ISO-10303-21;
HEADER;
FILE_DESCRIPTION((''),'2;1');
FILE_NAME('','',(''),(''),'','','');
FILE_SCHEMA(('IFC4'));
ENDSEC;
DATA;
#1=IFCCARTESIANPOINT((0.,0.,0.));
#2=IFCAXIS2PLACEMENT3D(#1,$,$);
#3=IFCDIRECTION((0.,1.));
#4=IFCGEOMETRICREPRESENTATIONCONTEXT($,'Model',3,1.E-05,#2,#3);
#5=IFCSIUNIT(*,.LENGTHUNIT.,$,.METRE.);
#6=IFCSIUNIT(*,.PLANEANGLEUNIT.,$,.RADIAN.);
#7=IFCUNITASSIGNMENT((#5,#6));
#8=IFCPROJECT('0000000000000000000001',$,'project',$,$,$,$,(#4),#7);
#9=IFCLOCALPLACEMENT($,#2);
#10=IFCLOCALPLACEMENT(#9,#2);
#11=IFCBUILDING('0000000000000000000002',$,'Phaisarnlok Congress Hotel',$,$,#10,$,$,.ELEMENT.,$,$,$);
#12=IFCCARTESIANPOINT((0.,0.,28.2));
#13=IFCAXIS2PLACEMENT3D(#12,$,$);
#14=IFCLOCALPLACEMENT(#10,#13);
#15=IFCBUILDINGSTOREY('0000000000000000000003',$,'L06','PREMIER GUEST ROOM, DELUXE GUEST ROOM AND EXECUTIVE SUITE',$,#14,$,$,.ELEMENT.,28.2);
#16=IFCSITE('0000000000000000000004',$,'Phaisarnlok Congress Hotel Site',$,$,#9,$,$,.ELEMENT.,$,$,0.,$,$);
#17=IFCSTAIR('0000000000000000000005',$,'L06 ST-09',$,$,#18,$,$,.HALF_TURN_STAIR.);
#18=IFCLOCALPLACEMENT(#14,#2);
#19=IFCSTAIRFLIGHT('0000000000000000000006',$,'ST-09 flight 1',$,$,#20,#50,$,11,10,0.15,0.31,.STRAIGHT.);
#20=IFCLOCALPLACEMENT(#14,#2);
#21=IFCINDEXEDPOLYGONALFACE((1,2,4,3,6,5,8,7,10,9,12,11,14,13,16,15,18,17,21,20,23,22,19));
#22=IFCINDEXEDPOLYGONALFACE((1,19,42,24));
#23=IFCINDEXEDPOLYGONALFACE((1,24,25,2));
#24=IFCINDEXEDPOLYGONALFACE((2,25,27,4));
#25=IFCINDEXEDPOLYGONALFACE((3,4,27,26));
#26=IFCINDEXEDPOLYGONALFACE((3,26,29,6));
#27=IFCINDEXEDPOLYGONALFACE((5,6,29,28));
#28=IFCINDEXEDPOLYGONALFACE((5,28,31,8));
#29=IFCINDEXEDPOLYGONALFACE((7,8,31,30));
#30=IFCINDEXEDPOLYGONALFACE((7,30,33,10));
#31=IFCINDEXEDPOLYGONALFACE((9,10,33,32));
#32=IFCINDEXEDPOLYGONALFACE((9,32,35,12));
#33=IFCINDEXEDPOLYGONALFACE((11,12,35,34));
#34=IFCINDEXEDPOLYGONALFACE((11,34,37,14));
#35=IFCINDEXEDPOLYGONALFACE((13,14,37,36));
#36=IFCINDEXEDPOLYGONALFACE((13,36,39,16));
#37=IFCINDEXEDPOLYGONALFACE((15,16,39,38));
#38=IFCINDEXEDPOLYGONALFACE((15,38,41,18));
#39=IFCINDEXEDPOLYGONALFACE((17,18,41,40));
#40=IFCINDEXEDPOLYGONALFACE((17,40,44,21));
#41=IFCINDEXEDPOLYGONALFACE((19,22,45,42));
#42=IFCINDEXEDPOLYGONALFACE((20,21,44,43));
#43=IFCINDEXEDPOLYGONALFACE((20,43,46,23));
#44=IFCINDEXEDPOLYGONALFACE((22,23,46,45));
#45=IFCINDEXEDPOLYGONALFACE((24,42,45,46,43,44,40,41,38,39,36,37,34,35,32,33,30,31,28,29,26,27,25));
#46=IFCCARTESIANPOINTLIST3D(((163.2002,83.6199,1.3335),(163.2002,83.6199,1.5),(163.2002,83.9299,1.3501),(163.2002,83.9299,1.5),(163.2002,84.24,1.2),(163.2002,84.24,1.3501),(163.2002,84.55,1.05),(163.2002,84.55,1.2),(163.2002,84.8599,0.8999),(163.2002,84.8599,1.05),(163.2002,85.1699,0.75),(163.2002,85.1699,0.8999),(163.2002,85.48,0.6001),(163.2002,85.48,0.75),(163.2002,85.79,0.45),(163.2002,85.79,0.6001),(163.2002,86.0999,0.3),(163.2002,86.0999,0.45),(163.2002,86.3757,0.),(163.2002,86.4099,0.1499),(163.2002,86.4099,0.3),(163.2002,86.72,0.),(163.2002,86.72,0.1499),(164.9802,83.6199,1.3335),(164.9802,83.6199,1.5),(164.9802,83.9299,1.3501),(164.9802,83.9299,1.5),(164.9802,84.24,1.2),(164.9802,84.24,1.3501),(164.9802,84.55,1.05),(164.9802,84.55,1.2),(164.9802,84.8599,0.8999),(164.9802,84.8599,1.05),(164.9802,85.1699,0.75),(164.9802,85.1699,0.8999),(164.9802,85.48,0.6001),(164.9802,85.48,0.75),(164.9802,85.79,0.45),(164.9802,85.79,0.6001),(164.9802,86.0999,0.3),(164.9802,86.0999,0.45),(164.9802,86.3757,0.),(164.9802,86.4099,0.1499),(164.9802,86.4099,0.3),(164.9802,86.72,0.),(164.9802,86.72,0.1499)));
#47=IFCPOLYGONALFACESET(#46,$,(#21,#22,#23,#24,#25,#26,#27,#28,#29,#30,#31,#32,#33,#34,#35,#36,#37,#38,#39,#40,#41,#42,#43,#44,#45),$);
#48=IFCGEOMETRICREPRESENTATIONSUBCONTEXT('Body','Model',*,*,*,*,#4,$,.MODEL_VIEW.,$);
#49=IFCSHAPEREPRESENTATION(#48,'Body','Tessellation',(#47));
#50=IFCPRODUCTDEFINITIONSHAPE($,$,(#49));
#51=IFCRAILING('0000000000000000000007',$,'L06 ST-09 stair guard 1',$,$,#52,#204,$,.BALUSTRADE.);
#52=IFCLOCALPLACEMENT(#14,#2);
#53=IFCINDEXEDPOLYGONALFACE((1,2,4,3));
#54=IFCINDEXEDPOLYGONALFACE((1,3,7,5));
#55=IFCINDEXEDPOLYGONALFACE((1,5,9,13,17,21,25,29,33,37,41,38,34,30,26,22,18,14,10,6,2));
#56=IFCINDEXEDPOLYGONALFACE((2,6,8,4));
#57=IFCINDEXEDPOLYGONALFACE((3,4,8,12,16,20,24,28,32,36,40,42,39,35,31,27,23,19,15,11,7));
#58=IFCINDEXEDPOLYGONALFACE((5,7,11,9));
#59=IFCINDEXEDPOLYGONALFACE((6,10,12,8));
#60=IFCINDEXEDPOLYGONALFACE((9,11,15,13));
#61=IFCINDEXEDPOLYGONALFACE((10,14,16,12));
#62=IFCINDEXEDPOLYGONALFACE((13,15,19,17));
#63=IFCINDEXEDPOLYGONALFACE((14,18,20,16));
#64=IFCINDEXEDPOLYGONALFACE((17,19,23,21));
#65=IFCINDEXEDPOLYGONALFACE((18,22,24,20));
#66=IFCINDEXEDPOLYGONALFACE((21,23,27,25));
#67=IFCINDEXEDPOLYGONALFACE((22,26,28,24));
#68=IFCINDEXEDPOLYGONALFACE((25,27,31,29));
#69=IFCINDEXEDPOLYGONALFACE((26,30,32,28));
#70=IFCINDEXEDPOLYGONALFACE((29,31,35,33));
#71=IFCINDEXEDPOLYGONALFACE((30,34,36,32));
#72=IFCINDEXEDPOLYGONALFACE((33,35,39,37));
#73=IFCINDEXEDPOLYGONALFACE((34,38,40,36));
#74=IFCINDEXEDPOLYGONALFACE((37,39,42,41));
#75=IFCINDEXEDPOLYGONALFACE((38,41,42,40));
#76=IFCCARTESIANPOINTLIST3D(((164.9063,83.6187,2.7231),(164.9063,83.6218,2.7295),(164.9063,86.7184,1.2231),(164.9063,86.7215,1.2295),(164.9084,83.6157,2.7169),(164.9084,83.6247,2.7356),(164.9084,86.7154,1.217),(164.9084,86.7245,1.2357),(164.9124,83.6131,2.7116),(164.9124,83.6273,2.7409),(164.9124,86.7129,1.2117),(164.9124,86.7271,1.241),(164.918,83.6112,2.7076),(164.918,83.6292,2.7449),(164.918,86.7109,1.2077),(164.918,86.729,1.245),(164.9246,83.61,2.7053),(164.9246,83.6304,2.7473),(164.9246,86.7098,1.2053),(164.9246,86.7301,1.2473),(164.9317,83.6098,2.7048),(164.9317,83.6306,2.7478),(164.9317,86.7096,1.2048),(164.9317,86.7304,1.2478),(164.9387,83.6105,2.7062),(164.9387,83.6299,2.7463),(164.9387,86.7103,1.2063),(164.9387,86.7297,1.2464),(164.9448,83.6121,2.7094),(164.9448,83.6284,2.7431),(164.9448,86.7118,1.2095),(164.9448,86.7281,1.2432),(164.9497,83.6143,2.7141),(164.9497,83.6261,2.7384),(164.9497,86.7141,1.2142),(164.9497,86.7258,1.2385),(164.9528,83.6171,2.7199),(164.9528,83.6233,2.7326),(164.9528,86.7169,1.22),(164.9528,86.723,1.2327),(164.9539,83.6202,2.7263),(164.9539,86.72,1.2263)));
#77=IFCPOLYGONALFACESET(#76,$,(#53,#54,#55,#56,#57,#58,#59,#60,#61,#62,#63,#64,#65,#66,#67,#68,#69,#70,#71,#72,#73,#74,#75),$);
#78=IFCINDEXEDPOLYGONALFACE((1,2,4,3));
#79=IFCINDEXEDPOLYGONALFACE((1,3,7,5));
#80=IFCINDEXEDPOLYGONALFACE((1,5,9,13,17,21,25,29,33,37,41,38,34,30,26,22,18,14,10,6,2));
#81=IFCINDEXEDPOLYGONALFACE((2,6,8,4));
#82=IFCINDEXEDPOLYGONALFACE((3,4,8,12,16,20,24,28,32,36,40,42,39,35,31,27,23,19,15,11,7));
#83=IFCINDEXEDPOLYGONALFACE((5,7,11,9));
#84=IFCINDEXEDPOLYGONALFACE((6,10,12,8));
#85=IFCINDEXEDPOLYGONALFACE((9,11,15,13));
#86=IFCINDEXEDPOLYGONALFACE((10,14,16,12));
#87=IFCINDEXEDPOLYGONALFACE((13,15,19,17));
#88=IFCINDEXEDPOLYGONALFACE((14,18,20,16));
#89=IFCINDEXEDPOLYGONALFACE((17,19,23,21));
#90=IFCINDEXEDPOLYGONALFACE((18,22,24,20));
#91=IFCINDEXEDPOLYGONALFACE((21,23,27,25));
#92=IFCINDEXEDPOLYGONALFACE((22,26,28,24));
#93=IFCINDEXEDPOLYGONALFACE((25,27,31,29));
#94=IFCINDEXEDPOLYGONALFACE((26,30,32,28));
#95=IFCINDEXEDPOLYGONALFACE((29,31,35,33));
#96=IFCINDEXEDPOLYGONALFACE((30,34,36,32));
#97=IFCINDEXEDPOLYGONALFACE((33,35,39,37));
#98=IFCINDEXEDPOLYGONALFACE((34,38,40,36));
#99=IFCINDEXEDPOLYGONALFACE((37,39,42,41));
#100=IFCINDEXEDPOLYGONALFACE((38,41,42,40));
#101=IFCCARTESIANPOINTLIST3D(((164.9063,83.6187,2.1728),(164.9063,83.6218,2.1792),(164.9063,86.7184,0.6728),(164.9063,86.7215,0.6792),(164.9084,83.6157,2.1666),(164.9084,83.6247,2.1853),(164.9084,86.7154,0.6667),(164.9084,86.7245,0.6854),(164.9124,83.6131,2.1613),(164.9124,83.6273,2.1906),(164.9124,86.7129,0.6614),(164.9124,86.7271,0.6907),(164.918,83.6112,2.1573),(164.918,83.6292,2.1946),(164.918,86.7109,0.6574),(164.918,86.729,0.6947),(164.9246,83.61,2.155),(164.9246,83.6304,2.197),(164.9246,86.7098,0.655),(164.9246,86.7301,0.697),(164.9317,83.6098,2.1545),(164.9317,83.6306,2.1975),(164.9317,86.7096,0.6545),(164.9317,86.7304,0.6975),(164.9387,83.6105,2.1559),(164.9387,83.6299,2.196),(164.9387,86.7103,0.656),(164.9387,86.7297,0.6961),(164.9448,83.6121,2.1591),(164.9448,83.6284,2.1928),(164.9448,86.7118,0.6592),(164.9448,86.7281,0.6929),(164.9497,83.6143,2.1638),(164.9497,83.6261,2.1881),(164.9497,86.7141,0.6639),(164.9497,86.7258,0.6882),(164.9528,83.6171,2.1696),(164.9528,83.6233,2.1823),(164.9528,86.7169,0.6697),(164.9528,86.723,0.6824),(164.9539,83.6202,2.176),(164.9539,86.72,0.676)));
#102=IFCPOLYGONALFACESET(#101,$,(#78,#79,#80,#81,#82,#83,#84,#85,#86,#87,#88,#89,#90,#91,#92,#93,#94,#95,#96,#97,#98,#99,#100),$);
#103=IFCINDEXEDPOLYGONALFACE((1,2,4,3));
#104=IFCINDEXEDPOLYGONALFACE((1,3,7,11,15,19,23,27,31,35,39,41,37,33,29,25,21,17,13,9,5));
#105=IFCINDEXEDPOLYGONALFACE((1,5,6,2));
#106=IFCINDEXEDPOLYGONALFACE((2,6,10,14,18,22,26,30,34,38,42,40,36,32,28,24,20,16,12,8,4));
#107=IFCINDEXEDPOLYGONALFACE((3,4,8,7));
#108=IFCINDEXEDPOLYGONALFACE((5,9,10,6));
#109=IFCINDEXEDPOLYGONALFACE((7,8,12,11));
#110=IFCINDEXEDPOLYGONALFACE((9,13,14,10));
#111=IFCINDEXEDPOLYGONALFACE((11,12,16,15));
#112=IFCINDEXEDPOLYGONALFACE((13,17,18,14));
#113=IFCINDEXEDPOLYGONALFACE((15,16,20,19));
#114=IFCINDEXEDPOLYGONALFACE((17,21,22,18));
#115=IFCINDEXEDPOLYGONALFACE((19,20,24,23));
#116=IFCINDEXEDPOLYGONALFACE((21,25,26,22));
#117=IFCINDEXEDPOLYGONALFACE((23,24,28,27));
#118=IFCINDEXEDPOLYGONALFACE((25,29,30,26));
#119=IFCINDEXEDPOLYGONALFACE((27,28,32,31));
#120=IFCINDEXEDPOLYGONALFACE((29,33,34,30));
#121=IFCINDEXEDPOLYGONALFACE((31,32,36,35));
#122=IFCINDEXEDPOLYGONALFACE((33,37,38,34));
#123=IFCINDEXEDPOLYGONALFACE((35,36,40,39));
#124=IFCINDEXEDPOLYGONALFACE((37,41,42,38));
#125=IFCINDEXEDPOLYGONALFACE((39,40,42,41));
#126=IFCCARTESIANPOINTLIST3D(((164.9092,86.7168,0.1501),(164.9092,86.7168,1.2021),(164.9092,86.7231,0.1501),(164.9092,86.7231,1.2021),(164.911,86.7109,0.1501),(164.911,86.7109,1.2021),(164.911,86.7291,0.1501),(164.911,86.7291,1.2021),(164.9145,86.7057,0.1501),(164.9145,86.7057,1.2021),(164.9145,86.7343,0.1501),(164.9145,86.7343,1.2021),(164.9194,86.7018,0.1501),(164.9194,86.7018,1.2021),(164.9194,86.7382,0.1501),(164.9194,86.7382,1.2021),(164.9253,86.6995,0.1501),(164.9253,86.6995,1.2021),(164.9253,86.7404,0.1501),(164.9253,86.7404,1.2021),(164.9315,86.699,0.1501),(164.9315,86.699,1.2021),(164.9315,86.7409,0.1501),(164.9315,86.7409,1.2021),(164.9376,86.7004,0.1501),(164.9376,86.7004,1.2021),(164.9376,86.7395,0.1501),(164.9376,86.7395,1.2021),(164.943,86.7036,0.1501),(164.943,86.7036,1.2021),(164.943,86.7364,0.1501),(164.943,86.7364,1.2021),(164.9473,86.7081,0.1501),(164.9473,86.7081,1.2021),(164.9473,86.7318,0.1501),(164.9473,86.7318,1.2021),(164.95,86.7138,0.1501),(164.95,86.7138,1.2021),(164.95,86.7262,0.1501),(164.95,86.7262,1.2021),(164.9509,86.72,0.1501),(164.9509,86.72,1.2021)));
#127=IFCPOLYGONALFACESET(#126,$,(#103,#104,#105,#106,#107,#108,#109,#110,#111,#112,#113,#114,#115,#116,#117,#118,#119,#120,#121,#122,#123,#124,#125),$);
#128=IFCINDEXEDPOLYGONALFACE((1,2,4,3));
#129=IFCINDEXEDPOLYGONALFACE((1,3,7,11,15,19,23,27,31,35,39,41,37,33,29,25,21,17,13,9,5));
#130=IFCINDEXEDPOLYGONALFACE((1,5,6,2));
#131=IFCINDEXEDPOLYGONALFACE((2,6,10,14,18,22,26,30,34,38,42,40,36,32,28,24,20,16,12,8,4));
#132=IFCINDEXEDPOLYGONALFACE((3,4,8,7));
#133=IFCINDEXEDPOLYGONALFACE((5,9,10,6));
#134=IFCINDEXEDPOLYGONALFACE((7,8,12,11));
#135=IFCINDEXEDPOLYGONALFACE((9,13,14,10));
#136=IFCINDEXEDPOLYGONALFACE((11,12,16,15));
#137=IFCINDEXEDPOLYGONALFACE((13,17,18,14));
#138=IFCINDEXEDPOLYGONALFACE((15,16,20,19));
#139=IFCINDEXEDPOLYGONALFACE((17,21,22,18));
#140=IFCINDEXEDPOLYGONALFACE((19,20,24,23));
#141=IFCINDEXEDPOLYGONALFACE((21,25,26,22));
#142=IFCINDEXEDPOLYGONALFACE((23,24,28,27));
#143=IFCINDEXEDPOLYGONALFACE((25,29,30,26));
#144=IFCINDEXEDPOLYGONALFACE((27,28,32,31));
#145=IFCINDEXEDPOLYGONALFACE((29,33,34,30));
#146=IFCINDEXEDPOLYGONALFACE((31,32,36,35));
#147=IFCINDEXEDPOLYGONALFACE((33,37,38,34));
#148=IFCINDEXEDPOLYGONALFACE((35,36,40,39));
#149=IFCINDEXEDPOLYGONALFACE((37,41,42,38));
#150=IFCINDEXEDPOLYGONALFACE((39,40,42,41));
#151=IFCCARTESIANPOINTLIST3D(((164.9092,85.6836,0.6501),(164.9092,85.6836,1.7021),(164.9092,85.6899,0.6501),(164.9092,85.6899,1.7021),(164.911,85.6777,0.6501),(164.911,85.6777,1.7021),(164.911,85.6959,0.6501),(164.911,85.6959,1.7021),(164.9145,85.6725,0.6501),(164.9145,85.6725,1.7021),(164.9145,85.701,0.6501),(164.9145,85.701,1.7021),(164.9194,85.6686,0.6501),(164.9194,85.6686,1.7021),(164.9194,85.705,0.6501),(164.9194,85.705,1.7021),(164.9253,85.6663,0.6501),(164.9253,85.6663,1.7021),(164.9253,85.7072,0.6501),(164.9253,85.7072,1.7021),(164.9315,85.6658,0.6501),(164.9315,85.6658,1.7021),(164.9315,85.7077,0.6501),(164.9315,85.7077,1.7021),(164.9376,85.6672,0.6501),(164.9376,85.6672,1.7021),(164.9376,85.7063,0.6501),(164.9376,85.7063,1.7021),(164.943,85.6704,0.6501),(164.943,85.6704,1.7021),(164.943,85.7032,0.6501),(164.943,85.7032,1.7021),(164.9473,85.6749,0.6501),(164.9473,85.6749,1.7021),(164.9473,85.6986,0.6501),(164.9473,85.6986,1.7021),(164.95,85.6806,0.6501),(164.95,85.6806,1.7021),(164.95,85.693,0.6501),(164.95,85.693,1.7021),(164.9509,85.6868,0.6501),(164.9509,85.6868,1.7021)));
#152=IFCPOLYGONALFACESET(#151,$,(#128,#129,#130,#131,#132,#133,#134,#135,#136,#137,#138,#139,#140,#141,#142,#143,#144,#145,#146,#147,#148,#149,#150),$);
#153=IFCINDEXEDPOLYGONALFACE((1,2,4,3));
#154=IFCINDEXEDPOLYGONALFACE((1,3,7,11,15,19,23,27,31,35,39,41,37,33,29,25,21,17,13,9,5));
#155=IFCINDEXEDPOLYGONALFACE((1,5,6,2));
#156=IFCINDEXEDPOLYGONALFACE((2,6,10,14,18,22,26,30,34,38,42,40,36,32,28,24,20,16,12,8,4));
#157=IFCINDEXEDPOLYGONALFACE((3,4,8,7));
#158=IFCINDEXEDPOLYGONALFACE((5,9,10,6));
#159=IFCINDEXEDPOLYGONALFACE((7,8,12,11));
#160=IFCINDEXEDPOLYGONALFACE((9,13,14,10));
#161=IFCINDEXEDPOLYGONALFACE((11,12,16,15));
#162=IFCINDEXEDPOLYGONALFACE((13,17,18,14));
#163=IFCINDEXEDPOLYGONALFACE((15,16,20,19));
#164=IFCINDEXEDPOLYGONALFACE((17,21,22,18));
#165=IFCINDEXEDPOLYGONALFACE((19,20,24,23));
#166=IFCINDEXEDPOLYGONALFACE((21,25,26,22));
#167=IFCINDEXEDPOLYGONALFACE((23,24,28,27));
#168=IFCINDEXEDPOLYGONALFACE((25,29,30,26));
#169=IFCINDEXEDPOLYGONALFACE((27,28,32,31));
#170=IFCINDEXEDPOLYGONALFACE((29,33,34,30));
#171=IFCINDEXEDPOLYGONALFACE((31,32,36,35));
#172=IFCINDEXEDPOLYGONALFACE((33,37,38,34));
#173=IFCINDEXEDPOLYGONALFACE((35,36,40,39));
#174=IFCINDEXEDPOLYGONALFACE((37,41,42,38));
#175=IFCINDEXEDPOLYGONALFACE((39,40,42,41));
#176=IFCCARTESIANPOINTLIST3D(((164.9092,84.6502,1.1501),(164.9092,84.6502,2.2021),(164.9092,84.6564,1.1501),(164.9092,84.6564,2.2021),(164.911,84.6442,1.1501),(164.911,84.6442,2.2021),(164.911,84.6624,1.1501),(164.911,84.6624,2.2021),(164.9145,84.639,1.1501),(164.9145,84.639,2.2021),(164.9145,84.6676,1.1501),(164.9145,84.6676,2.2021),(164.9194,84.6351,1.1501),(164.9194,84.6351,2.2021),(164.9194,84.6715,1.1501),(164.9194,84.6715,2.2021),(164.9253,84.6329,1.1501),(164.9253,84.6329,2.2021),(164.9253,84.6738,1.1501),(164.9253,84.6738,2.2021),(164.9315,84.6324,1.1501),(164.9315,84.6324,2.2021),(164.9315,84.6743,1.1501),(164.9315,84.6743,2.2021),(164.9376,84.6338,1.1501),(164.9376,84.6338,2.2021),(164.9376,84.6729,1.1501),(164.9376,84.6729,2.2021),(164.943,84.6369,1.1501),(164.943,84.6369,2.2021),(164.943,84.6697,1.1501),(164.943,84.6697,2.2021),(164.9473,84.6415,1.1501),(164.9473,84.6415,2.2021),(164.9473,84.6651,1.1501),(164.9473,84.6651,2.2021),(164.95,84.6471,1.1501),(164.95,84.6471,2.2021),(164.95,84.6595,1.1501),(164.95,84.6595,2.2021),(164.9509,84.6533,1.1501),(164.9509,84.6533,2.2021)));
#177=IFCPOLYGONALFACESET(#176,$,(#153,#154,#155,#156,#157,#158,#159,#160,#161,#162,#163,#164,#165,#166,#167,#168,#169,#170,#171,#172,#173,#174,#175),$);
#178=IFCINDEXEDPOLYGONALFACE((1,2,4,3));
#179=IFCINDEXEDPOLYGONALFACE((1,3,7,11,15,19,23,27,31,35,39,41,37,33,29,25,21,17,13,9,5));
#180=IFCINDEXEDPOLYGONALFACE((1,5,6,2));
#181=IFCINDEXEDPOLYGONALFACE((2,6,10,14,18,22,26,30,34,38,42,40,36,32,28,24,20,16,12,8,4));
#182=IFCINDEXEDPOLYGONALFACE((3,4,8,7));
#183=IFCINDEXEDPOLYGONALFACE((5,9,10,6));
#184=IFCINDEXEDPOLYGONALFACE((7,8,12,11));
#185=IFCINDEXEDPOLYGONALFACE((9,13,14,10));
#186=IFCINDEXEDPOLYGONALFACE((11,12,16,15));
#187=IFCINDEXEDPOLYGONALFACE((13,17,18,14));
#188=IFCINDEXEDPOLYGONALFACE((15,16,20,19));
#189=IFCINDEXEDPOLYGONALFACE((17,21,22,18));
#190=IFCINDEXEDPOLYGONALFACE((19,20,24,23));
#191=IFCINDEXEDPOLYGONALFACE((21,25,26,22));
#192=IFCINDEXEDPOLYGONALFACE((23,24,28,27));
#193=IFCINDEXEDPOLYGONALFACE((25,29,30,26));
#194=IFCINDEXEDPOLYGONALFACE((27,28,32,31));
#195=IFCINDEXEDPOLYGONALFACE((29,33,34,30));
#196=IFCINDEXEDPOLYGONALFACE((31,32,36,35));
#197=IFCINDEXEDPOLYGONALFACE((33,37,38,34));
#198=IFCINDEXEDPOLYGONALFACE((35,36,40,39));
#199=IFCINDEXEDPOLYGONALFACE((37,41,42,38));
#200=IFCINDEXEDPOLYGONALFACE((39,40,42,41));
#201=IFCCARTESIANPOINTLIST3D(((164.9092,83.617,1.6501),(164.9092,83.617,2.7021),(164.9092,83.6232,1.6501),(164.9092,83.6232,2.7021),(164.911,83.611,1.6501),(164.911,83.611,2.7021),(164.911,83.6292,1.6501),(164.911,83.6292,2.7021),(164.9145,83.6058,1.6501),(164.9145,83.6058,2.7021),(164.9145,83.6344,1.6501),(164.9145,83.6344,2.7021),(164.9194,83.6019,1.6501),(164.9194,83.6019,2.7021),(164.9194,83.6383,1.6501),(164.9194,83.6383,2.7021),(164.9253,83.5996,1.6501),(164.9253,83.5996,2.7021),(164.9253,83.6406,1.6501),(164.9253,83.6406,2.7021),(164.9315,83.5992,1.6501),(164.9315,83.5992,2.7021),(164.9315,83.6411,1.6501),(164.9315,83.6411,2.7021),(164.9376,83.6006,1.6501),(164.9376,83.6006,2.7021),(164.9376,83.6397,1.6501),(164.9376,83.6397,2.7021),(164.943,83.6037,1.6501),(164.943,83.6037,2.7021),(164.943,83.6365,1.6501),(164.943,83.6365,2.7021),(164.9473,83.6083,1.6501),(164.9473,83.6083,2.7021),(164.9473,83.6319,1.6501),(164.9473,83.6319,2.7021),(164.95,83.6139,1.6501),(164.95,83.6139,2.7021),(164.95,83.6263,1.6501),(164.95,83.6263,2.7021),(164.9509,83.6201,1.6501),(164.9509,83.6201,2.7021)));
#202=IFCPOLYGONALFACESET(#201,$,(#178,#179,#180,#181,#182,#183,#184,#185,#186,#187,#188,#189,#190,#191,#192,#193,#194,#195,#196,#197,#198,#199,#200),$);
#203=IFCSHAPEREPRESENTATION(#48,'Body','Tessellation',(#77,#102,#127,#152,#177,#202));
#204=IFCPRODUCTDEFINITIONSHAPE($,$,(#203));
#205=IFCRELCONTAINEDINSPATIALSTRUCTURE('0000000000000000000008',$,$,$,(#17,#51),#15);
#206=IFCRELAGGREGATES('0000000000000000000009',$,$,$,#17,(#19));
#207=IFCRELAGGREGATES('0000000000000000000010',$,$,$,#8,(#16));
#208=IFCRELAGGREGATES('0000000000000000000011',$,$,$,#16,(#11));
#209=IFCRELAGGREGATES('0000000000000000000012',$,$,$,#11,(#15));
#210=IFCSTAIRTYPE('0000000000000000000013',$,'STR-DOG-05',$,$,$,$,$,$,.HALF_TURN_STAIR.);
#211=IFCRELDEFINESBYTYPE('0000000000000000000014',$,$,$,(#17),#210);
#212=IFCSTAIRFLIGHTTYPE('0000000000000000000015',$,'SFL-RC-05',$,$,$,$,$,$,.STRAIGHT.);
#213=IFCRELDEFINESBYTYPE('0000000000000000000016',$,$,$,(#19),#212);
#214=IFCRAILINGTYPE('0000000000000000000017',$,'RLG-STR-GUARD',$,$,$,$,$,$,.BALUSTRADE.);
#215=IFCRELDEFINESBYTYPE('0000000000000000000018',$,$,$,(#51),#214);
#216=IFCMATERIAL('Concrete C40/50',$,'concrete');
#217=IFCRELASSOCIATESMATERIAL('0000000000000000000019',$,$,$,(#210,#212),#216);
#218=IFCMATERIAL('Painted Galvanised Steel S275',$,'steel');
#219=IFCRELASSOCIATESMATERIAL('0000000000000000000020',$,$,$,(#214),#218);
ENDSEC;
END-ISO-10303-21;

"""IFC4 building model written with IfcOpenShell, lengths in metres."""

from ifc_helpers import new_model, si_unit, direction, frame, origin, origin_2d, place, context, subcontext, project, spatial, polyline, circle, outline, extrude, material, type_object, element, aggregate, save


model = new_model("IFC4")

# Units and contexts
model_context = context("Model", 3, precision=1e-05, world=origin(), true_north=direction((0.0, 1.0)))
body_context = subcontext(model_context, "Body", "Model", "MODEL_VIEW")
ifc_project = project(units=[si_unit("LENGTHUNIT", "METRE"), si_unit("PLANEANGLEUNIT", "RADIAN")], contexts=[model_context])

# Site, building, storey
site_placement = place(None, origin())
site = spatial("IfcSite", under=ifc_project, at=site_placement, Name="Phaisarnlok Congress Hotel Site", CompositionType="ELEMENT", RefElevation=0.0)
building_placement = place(site_placement, origin())
building = spatial("IfcBuilding", under=site, at=building_placement, Name="Phaisarnlok Congress Hotel", CompositionType="ELEMENT")
storey_placement = place(building_placement, frame((0.0, 0.0, 28.2)))
storey = spatial("IfcBuildingStorey", under=building, at=storey_placement, Name="L06", Description="PREMIER GUEST ROOM, DELUXE GUEST ROOM AND EXECUTIVE SUITE", CompositionType="ELEMENT", Elevation=28.2)

# Shared definitions
ifc_material_1 = material(Name="Concrete C40/50", Category="concrete")

# Stair, stair flight
stair_type = type_object("IfcStairType", Name="STR-DOG-05", PredefinedType="HALF_TURN_STAIR", material=ifc_material_1)
stair_placement = place(storey_placement, origin())
stair = element("IfcStair", 1, at=stair_placement, inside=storey, type_object=stair_type, Name="L06 ST-09", PredefinedType="HALF_TURN_STAIR")
stair_flight_type = type_object("IfcStairFlightType", Name="SFL-RC-05", PredefinedType="STRAIGHT", material=ifc_material_1)
stair_flight_placement = place(storey_placement, frame((164.0901, 86.72, 0.0), z_axis=(0.0, 0.0, 1.0), x_axis=(0.0, -1.0, 0.0)))
stair_flight = element("IfcStairFlight", 2, at=stair_flight_placement, type_object=stair_flight_type, Name="ST-09 flight 1", NumberOfRisers=11, NumberOfTreads=10, PredefinedType="STRAIGHT", RiserHeight=0.15, TreadLength=0.31, context=body_context, shape_type="SweptSolid", body=[
    extrude(outline(polyline([(0.0, 0.0), (0.0, 0.1499), (0.3101, 0.1499), (0.3101, 0.3), (0.6201, 0.3), (0.6201, 0.45), (0.9299, 0.45), (0.9299, 0.6001), (1.24, 0.6001), (1.24, 0.75), (1.55, 0.75), (1.55, 0.8999), (1.8601, 0.8999), (1.8601, 1.05), (2.1699, 1.05), (2.1699, 1.2), (2.48, 1.2), (2.48, 1.3501), (2.79, 1.3501), (2.79, 1.5), (3.1001, 1.5), (3.1001, 1.6499), (3.1001, 1.3335), (0.3442, 0.0), (0.0, 0.0)])), frame((0.0, 0.8901, 0.0), z_axis=(0.0, -1.0, 0.0), x_axis=(1.0, 0.0, 0.0)), (0.0, 0.0, 1.0), 1.78),
])
aggregate(stair, [stair_flight])

# Railing
ifc_material_2 = material(Name="Painted Galvanised Steel S275", Category="steel")
railing_type = type_object("IfcRailingType", Name="RLG-STR-GUARD", PredefinedType="BALUSTRADE", material=ifc_material_2)
railing_1_placement = place(storey_placement, frame((164.9299, 86.72, 0.1501)))
element("IfcRailing", 3, at=railing_1_placement, inside=storey, type_object=railing_type, Name="L06 ST-09 stair guard 1", PredefinedType="BALUSTRADE", context=body_context, shape_type="SweptSolid", body=[
    extrude(circle(Radius=0.0239, at=origin_2d()), frame((0.0, 0.0, 1.0762), z_axis=(0.0, -0.900151, 0.435578), x_axis=(1.0, 0.0, 0.0)), (0.0, 0.0, 1.0), 3.4436),
    extrude(circle(Radius=0.0239, at=origin_2d()), frame((0.0, 0.0, 0.5259), z_axis=(0.0, -0.900151, 0.435578), x_axis=(1.0, 0.0, 0.0)), (0.0, 0.0, 1.0), 3.4436),
    extrude(circle(Radius=0.021, at=origin_2d()), origin(), (0.0, 0.0, 1.0), 1.052),
    extrude(circle(Radius=0.021, at=origin_2d()), frame((0.0, -1.0332, 0.5)), (0.0, 0.0, 1.0), 1.052),
    extrude(circle(Radius=0.021, at=origin_2d()), frame((0.0, -2.0667, 1.0)), (0.0, 0.0, 1.0), 1.052),
    extrude(circle(Radius=0.021, at=origin_2d()), frame((0.0, -3.0999, 1.5)), (0.0, 0.0, 1.0), 1.052),
])

save(model, "model.ifc")
